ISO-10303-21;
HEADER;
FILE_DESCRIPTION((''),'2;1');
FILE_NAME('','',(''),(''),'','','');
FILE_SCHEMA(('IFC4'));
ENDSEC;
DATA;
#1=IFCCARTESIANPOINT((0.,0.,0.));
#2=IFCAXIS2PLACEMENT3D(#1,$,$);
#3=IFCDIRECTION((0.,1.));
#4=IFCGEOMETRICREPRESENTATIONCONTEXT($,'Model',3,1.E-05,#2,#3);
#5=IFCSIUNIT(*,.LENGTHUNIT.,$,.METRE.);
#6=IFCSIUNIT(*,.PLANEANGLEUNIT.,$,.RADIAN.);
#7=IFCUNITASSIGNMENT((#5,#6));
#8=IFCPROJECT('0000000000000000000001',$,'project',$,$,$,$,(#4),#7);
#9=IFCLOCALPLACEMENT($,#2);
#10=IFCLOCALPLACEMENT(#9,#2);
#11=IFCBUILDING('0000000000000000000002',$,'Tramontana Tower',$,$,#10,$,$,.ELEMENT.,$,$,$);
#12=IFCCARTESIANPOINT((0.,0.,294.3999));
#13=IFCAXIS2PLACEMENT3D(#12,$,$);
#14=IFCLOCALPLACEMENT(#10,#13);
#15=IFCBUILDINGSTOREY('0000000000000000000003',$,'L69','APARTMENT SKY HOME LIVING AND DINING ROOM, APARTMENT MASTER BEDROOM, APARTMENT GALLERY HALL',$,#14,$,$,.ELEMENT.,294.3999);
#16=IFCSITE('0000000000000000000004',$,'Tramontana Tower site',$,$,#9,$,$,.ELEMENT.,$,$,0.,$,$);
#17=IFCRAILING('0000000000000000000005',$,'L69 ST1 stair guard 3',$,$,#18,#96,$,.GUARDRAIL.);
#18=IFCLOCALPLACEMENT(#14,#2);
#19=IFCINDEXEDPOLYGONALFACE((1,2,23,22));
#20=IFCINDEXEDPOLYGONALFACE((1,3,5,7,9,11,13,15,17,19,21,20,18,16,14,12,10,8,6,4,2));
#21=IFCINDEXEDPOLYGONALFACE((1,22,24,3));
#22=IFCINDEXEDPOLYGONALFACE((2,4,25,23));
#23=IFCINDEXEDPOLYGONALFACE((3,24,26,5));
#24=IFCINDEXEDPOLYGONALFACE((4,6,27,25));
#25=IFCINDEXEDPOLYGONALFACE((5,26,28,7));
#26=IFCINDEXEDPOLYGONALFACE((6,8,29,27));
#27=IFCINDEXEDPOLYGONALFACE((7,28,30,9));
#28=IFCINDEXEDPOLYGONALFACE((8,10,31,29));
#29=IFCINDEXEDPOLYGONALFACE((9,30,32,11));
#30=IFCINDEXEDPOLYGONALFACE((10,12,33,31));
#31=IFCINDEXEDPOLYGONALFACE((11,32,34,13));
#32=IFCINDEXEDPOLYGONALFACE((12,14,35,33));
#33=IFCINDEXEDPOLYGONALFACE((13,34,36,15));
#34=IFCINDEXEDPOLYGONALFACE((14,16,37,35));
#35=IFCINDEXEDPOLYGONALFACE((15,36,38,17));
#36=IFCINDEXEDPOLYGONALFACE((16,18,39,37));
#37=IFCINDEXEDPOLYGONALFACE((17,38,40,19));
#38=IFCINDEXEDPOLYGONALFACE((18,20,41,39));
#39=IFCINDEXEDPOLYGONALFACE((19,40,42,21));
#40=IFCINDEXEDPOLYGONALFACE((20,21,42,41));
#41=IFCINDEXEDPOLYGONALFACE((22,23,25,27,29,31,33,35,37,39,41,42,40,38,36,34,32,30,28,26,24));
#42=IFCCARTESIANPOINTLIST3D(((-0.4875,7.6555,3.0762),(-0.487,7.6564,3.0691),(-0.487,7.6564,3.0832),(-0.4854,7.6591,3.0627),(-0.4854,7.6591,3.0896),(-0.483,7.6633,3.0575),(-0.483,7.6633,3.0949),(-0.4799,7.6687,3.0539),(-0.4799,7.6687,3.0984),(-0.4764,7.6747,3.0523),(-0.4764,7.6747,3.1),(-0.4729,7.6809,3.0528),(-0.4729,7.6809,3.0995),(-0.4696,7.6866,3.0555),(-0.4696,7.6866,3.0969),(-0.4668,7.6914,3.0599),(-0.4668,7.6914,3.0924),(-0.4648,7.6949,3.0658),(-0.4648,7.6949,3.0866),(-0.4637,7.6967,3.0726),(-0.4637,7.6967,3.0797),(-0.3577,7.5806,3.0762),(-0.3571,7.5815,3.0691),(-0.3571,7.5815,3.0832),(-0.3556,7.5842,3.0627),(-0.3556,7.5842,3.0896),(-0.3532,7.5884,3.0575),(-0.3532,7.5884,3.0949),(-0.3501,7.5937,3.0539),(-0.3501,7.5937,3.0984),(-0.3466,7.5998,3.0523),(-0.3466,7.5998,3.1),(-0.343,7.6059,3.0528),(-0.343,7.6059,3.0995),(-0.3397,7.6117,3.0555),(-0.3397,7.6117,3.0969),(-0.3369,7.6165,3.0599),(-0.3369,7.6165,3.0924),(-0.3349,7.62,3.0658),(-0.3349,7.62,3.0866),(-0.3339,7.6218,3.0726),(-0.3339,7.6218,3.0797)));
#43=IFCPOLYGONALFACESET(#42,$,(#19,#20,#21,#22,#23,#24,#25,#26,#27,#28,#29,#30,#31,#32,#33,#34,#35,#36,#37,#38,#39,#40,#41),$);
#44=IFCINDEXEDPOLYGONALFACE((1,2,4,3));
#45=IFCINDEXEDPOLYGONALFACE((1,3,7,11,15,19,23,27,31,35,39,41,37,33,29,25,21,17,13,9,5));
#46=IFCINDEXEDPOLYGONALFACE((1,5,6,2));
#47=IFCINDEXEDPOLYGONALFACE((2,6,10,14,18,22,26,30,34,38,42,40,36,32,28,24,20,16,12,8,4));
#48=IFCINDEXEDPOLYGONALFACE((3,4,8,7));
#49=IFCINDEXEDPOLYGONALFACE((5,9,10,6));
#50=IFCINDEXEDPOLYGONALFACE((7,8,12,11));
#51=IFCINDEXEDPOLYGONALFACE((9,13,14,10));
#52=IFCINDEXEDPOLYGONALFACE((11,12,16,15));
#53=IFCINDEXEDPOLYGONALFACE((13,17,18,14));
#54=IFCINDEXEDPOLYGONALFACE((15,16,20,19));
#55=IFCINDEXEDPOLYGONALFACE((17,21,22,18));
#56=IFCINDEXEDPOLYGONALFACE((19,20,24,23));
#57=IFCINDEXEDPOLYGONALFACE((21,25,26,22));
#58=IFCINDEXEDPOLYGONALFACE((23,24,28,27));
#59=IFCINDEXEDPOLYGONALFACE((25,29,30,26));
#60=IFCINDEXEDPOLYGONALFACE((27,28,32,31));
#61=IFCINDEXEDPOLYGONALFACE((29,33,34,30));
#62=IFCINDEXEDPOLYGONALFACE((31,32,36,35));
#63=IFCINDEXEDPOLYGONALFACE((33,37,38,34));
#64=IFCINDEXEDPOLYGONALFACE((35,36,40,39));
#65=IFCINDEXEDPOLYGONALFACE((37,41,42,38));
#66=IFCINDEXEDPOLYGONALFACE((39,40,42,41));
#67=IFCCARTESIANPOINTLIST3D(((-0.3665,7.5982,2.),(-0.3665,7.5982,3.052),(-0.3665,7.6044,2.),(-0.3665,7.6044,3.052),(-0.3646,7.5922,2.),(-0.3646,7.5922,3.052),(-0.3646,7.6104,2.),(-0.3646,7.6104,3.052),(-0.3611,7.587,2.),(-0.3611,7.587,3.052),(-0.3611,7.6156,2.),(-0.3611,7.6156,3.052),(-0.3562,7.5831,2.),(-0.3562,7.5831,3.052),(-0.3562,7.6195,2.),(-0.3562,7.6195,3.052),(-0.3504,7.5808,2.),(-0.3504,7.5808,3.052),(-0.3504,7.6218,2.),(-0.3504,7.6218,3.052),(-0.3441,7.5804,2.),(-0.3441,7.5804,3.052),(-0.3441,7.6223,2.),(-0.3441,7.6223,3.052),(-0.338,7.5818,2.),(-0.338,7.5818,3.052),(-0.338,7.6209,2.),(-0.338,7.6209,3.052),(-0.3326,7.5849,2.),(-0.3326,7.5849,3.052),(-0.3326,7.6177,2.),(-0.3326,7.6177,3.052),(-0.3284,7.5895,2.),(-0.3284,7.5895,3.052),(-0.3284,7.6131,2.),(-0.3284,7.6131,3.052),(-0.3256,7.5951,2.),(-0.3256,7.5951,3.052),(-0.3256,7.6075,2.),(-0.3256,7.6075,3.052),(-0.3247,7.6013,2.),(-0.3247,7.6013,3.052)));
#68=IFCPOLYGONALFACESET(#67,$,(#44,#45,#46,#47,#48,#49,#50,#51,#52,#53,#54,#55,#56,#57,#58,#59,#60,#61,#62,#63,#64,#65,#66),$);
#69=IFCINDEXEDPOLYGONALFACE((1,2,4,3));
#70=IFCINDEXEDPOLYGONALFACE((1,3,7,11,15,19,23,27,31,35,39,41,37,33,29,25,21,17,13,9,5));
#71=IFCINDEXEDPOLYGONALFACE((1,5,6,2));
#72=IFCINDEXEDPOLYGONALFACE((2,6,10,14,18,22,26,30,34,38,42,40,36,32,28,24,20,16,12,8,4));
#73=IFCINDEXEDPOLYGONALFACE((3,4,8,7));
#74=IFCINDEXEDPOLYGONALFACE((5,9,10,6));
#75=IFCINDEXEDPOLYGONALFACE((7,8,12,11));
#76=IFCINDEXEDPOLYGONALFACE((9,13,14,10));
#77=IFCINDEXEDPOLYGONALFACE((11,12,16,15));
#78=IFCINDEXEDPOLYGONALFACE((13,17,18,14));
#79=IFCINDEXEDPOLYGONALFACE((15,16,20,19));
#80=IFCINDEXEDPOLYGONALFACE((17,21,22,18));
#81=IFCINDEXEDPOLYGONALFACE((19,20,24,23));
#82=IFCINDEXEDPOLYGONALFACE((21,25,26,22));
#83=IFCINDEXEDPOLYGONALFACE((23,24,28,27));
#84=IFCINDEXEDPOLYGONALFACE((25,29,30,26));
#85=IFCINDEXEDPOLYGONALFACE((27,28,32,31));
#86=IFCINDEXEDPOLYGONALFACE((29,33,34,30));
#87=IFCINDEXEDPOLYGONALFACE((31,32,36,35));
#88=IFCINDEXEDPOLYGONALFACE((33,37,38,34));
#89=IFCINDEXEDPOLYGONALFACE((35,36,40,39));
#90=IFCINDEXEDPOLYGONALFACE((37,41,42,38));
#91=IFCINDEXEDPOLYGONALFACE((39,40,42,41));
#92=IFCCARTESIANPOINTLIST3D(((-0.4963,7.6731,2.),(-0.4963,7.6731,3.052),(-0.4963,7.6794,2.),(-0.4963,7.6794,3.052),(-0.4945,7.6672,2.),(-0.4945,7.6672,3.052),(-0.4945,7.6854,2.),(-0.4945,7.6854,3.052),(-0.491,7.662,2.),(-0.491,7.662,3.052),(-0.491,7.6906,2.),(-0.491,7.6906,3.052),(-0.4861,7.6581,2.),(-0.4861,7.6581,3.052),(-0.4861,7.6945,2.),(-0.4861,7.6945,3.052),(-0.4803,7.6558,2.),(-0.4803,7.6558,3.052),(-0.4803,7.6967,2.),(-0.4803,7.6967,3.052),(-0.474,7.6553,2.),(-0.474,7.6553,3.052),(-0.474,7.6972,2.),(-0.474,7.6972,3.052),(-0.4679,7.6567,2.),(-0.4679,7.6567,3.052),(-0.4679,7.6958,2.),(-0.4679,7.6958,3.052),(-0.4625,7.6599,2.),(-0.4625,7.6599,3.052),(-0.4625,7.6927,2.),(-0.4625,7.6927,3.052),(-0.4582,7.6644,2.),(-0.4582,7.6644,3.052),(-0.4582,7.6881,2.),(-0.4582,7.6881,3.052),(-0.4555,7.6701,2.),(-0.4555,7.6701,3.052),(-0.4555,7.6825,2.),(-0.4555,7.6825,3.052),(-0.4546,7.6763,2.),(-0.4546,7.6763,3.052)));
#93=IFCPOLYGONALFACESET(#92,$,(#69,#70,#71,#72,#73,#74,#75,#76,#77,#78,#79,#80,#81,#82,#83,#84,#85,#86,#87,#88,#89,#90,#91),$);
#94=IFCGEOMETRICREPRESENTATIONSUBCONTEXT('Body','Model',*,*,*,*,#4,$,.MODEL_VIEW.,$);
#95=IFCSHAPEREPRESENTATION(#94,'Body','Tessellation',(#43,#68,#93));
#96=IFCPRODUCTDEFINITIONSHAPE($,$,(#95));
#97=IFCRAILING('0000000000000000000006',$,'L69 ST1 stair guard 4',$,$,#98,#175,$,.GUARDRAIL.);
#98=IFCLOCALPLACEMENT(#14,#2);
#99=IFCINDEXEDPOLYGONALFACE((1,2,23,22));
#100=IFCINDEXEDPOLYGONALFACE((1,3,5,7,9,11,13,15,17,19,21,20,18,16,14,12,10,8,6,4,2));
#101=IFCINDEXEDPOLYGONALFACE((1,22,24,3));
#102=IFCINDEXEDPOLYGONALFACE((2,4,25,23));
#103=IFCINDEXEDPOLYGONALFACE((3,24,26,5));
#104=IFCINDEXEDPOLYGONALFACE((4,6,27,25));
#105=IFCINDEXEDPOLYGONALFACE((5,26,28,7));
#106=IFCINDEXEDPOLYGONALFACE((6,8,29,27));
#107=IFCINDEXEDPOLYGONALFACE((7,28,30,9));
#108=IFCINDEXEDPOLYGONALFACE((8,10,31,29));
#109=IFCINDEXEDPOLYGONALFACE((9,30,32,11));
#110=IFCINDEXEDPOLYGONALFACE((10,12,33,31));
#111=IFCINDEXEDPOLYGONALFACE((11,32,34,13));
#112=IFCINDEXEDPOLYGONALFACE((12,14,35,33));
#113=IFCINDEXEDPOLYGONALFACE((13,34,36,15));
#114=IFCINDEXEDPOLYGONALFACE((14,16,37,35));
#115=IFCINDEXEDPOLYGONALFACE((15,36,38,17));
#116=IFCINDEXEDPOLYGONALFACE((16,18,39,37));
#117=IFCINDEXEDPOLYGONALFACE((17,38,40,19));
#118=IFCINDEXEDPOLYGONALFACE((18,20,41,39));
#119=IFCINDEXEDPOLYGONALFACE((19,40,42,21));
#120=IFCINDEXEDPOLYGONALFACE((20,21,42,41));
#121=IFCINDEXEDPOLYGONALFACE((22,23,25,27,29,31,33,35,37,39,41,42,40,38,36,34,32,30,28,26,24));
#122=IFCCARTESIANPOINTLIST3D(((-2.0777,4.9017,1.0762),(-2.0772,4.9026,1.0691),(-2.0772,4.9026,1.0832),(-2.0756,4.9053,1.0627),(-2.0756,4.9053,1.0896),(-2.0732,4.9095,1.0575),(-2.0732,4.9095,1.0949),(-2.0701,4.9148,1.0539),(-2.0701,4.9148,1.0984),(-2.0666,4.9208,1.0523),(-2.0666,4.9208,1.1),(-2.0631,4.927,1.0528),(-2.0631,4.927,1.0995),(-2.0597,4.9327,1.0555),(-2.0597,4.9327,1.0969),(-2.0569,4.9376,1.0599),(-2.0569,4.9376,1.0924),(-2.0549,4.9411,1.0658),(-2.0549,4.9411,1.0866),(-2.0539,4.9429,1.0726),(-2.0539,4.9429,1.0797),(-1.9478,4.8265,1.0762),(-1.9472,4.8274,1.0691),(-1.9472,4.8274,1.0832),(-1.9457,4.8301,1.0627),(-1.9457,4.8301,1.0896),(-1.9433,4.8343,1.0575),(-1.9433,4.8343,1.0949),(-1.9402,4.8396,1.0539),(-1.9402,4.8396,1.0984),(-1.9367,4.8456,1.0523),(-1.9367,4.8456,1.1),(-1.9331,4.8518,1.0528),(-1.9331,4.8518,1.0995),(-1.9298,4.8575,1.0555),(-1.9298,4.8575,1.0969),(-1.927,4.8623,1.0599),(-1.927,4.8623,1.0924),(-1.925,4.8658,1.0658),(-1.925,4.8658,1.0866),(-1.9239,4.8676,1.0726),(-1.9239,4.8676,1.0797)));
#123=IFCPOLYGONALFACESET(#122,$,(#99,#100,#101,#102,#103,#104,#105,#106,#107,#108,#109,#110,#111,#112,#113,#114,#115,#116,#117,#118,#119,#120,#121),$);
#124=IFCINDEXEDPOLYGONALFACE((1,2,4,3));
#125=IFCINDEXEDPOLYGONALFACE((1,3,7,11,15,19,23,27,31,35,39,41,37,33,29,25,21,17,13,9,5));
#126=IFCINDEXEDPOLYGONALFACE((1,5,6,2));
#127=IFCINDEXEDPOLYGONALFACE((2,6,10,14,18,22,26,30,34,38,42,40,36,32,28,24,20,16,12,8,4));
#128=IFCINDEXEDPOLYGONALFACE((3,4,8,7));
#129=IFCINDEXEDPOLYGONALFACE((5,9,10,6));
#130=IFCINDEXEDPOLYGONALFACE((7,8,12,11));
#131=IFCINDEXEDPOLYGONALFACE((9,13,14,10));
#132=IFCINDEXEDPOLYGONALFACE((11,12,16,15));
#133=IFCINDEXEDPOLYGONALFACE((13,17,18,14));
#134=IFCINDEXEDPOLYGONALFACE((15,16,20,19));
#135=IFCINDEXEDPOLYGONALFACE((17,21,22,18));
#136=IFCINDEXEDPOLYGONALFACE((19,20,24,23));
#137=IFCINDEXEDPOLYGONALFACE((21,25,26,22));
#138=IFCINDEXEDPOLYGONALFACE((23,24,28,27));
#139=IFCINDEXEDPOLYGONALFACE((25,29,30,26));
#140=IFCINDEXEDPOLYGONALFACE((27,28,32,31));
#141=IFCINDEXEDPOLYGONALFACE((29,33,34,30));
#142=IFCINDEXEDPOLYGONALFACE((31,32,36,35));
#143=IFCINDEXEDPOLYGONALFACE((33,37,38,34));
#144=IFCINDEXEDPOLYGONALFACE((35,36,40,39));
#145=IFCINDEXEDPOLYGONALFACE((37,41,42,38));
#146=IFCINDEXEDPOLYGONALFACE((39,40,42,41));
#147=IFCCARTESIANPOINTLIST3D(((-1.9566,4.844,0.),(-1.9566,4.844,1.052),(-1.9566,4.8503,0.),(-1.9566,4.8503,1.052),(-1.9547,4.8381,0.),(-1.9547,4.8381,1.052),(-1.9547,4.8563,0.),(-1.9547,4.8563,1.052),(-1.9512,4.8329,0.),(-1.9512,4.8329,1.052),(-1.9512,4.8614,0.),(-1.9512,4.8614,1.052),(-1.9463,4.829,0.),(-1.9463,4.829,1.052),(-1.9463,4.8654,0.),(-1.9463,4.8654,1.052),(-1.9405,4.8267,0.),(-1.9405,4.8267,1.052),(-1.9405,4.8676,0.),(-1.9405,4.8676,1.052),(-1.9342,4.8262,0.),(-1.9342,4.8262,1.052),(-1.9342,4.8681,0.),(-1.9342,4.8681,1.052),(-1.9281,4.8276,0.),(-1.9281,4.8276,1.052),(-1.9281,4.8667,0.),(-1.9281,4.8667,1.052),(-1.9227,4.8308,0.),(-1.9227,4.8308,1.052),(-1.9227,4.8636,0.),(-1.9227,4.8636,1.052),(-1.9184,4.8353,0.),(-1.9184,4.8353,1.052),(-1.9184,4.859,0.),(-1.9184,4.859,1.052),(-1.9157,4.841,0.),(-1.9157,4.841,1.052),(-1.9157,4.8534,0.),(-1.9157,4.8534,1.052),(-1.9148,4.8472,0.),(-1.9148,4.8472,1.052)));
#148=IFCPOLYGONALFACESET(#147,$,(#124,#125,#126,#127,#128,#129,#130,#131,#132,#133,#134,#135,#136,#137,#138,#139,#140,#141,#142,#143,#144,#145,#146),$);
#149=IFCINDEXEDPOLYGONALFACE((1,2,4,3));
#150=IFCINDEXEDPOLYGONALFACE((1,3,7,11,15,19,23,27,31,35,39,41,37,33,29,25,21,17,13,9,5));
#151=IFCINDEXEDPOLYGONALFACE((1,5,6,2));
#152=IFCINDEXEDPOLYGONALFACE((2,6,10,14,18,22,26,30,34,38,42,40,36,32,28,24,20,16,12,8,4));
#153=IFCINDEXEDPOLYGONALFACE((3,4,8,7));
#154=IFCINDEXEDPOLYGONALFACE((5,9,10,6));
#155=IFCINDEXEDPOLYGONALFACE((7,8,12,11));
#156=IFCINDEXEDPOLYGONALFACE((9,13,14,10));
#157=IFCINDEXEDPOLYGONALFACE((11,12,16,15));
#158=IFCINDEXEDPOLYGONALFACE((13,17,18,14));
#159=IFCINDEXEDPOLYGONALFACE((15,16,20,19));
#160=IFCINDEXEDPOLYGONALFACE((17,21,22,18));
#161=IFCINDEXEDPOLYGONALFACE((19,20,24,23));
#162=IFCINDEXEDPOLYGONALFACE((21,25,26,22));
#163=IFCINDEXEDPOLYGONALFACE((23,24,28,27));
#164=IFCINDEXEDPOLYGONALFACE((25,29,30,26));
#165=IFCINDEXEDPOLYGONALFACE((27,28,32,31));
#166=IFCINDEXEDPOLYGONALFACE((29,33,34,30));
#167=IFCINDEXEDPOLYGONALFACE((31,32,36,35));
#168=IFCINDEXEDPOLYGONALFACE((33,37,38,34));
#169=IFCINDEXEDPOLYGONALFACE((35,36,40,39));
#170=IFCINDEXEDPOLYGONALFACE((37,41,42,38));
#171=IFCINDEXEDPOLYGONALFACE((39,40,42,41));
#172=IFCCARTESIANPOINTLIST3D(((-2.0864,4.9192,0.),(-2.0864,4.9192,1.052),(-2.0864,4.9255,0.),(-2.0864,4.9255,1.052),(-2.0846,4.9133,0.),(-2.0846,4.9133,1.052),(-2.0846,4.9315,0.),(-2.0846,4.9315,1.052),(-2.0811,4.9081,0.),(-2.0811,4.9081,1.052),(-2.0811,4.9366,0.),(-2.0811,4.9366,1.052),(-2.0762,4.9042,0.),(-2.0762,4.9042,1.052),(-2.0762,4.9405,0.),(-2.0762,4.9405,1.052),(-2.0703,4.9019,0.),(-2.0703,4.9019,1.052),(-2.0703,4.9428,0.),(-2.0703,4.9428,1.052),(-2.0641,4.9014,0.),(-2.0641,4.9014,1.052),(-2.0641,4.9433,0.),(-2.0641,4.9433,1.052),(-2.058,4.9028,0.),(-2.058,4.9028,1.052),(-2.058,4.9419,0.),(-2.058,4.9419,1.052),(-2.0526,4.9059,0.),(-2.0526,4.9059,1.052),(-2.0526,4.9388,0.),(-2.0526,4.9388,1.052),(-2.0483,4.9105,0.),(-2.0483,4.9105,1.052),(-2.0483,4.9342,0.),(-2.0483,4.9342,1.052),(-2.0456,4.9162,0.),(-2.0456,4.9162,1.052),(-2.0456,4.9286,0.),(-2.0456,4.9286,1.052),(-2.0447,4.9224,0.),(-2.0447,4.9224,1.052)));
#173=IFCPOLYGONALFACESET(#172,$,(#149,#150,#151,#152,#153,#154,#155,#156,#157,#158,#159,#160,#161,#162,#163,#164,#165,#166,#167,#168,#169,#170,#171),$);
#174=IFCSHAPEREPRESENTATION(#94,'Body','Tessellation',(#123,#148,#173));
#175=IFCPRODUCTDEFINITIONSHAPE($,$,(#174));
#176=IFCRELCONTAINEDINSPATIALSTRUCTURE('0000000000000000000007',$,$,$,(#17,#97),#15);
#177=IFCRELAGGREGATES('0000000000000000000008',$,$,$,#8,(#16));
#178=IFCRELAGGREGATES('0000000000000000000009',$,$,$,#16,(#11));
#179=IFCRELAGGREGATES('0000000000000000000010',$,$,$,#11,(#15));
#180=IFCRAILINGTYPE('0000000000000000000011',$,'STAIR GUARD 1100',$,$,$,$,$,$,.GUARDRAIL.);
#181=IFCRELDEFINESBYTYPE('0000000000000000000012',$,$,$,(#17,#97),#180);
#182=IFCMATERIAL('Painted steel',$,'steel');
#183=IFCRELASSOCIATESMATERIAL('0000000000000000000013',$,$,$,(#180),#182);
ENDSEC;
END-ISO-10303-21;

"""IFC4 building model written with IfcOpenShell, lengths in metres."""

from ifc_helpers import new_model, si_unit, direction, frame, origin, origin_2d, place, context, subcontext, project, spatial, circle, extrude, material, type_object, element, save


model = new_model("IFC4")

# Units and contexts
model_context = context("Model", 3, precision=1e-05, world=origin(), true_north=direction((0.0, 1.0)))
body_context = subcontext(model_context, "Body", "Model", "MODEL_VIEW")
ifc_project = project(units=[si_unit("LENGTHUNIT", "METRE"), si_unit("PLANEANGLEUNIT", "RADIAN")], contexts=[model_context])

# Site, building, storey
site_placement = place(None, origin())
site = spatial("IfcSite", under=ifc_project, at=site_placement, Name="Tramontana Tower site", CompositionType="ELEMENT", RefElevation=0.0)
building_placement = place(site_placement, origin())
building = spatial("IfcBuilding", under=site, at=building_placement, Name="Tramontana Tower", CompositionType="ELEMENT")
storey_placement = place(building_placement, frame((0.0, 0.0, 294.3999)))
storey = spatial("IfcBuildingStorey", under=building, at=storey_placement, Name="L69", Description="APARTMENT SKY HOME LIVING AND DINING ROOM, APARTMENT MASTER BEDROOM, APARTMENT GALLERY HALL", CompositionType="ELEMENT", Elevation=294.3999)

# Railings
ifc_material_1 = material(Name="Painted steel", Category="steel")
railing_type_1 = type_object("IfcRailingType", Name="STAIR GUARD 1100", PredefinedType="GUARDRAIL", material=ifc_material_1)
railing_1_placement = place(storey_placement, frame((-0.3457, 7.6013, 2.0)))
element("IfcRailing", 1, at=railing_1_placement, inside=storey, type_object=railing_type_1, Name="L69 ST1 stair guard 3", PredefinedType="GUARDRAIL", context=body_context, shape_type="SweptSolid", body=[
    extrude(circle(Radius=0.0239, at=origin_2d()), frame((0.0, 0.0, 1.0762), z_axis=(-0.866131, 0.499816, 0.0), x_axis=(-0.499816, -0.866131, 0.0)), (0.0, 0.0, 1.0), 0.1499),
    extrude(circle(Radius=0.021, at=origin_2d()), origin(), (0.0, 0.0, 1.0), 1.052),
    extrude(circle(Radius=0.021, at=origin_2d()), frame((-0.1299, 0.075, 0.0)), (0.0, 0.0, 1.0), 1.052),
])
railing_2_placement = place(storey_placement, frame((-1.9358, 4.8472, 0.0)))
element("IfcRailing", 2, at=railing_2_placement, inside=storey, type_object=railing_type_1, Name="L69 ST1 stair guard 4", PredefinedType="GUARDRAIL", context=body_context, shape_type="SweptSolid", body=[
    extrude(circle(Radius=0.0239, at=origin_2d()), frame((0.0, 0.0, 1.0762), z_axis=(-0.865426, 0.501036, 0.0), x_axis=(-0.501036, -0.865426, 0.0)), (0.0, 0.0, 1.0), 0.1501),
    extrude(circle(Radius=0.021, at=origin_2d()), origin(), (0.0, 0.0, 1.0), 1.052),
    extrude(circle(Radius=0.021, at=origin_2d()), frame((-0.1299, 0.0752, 0.0)), (0.0, 0.0, 1.0), 1.052),
])

save(model, "model.ifc")
